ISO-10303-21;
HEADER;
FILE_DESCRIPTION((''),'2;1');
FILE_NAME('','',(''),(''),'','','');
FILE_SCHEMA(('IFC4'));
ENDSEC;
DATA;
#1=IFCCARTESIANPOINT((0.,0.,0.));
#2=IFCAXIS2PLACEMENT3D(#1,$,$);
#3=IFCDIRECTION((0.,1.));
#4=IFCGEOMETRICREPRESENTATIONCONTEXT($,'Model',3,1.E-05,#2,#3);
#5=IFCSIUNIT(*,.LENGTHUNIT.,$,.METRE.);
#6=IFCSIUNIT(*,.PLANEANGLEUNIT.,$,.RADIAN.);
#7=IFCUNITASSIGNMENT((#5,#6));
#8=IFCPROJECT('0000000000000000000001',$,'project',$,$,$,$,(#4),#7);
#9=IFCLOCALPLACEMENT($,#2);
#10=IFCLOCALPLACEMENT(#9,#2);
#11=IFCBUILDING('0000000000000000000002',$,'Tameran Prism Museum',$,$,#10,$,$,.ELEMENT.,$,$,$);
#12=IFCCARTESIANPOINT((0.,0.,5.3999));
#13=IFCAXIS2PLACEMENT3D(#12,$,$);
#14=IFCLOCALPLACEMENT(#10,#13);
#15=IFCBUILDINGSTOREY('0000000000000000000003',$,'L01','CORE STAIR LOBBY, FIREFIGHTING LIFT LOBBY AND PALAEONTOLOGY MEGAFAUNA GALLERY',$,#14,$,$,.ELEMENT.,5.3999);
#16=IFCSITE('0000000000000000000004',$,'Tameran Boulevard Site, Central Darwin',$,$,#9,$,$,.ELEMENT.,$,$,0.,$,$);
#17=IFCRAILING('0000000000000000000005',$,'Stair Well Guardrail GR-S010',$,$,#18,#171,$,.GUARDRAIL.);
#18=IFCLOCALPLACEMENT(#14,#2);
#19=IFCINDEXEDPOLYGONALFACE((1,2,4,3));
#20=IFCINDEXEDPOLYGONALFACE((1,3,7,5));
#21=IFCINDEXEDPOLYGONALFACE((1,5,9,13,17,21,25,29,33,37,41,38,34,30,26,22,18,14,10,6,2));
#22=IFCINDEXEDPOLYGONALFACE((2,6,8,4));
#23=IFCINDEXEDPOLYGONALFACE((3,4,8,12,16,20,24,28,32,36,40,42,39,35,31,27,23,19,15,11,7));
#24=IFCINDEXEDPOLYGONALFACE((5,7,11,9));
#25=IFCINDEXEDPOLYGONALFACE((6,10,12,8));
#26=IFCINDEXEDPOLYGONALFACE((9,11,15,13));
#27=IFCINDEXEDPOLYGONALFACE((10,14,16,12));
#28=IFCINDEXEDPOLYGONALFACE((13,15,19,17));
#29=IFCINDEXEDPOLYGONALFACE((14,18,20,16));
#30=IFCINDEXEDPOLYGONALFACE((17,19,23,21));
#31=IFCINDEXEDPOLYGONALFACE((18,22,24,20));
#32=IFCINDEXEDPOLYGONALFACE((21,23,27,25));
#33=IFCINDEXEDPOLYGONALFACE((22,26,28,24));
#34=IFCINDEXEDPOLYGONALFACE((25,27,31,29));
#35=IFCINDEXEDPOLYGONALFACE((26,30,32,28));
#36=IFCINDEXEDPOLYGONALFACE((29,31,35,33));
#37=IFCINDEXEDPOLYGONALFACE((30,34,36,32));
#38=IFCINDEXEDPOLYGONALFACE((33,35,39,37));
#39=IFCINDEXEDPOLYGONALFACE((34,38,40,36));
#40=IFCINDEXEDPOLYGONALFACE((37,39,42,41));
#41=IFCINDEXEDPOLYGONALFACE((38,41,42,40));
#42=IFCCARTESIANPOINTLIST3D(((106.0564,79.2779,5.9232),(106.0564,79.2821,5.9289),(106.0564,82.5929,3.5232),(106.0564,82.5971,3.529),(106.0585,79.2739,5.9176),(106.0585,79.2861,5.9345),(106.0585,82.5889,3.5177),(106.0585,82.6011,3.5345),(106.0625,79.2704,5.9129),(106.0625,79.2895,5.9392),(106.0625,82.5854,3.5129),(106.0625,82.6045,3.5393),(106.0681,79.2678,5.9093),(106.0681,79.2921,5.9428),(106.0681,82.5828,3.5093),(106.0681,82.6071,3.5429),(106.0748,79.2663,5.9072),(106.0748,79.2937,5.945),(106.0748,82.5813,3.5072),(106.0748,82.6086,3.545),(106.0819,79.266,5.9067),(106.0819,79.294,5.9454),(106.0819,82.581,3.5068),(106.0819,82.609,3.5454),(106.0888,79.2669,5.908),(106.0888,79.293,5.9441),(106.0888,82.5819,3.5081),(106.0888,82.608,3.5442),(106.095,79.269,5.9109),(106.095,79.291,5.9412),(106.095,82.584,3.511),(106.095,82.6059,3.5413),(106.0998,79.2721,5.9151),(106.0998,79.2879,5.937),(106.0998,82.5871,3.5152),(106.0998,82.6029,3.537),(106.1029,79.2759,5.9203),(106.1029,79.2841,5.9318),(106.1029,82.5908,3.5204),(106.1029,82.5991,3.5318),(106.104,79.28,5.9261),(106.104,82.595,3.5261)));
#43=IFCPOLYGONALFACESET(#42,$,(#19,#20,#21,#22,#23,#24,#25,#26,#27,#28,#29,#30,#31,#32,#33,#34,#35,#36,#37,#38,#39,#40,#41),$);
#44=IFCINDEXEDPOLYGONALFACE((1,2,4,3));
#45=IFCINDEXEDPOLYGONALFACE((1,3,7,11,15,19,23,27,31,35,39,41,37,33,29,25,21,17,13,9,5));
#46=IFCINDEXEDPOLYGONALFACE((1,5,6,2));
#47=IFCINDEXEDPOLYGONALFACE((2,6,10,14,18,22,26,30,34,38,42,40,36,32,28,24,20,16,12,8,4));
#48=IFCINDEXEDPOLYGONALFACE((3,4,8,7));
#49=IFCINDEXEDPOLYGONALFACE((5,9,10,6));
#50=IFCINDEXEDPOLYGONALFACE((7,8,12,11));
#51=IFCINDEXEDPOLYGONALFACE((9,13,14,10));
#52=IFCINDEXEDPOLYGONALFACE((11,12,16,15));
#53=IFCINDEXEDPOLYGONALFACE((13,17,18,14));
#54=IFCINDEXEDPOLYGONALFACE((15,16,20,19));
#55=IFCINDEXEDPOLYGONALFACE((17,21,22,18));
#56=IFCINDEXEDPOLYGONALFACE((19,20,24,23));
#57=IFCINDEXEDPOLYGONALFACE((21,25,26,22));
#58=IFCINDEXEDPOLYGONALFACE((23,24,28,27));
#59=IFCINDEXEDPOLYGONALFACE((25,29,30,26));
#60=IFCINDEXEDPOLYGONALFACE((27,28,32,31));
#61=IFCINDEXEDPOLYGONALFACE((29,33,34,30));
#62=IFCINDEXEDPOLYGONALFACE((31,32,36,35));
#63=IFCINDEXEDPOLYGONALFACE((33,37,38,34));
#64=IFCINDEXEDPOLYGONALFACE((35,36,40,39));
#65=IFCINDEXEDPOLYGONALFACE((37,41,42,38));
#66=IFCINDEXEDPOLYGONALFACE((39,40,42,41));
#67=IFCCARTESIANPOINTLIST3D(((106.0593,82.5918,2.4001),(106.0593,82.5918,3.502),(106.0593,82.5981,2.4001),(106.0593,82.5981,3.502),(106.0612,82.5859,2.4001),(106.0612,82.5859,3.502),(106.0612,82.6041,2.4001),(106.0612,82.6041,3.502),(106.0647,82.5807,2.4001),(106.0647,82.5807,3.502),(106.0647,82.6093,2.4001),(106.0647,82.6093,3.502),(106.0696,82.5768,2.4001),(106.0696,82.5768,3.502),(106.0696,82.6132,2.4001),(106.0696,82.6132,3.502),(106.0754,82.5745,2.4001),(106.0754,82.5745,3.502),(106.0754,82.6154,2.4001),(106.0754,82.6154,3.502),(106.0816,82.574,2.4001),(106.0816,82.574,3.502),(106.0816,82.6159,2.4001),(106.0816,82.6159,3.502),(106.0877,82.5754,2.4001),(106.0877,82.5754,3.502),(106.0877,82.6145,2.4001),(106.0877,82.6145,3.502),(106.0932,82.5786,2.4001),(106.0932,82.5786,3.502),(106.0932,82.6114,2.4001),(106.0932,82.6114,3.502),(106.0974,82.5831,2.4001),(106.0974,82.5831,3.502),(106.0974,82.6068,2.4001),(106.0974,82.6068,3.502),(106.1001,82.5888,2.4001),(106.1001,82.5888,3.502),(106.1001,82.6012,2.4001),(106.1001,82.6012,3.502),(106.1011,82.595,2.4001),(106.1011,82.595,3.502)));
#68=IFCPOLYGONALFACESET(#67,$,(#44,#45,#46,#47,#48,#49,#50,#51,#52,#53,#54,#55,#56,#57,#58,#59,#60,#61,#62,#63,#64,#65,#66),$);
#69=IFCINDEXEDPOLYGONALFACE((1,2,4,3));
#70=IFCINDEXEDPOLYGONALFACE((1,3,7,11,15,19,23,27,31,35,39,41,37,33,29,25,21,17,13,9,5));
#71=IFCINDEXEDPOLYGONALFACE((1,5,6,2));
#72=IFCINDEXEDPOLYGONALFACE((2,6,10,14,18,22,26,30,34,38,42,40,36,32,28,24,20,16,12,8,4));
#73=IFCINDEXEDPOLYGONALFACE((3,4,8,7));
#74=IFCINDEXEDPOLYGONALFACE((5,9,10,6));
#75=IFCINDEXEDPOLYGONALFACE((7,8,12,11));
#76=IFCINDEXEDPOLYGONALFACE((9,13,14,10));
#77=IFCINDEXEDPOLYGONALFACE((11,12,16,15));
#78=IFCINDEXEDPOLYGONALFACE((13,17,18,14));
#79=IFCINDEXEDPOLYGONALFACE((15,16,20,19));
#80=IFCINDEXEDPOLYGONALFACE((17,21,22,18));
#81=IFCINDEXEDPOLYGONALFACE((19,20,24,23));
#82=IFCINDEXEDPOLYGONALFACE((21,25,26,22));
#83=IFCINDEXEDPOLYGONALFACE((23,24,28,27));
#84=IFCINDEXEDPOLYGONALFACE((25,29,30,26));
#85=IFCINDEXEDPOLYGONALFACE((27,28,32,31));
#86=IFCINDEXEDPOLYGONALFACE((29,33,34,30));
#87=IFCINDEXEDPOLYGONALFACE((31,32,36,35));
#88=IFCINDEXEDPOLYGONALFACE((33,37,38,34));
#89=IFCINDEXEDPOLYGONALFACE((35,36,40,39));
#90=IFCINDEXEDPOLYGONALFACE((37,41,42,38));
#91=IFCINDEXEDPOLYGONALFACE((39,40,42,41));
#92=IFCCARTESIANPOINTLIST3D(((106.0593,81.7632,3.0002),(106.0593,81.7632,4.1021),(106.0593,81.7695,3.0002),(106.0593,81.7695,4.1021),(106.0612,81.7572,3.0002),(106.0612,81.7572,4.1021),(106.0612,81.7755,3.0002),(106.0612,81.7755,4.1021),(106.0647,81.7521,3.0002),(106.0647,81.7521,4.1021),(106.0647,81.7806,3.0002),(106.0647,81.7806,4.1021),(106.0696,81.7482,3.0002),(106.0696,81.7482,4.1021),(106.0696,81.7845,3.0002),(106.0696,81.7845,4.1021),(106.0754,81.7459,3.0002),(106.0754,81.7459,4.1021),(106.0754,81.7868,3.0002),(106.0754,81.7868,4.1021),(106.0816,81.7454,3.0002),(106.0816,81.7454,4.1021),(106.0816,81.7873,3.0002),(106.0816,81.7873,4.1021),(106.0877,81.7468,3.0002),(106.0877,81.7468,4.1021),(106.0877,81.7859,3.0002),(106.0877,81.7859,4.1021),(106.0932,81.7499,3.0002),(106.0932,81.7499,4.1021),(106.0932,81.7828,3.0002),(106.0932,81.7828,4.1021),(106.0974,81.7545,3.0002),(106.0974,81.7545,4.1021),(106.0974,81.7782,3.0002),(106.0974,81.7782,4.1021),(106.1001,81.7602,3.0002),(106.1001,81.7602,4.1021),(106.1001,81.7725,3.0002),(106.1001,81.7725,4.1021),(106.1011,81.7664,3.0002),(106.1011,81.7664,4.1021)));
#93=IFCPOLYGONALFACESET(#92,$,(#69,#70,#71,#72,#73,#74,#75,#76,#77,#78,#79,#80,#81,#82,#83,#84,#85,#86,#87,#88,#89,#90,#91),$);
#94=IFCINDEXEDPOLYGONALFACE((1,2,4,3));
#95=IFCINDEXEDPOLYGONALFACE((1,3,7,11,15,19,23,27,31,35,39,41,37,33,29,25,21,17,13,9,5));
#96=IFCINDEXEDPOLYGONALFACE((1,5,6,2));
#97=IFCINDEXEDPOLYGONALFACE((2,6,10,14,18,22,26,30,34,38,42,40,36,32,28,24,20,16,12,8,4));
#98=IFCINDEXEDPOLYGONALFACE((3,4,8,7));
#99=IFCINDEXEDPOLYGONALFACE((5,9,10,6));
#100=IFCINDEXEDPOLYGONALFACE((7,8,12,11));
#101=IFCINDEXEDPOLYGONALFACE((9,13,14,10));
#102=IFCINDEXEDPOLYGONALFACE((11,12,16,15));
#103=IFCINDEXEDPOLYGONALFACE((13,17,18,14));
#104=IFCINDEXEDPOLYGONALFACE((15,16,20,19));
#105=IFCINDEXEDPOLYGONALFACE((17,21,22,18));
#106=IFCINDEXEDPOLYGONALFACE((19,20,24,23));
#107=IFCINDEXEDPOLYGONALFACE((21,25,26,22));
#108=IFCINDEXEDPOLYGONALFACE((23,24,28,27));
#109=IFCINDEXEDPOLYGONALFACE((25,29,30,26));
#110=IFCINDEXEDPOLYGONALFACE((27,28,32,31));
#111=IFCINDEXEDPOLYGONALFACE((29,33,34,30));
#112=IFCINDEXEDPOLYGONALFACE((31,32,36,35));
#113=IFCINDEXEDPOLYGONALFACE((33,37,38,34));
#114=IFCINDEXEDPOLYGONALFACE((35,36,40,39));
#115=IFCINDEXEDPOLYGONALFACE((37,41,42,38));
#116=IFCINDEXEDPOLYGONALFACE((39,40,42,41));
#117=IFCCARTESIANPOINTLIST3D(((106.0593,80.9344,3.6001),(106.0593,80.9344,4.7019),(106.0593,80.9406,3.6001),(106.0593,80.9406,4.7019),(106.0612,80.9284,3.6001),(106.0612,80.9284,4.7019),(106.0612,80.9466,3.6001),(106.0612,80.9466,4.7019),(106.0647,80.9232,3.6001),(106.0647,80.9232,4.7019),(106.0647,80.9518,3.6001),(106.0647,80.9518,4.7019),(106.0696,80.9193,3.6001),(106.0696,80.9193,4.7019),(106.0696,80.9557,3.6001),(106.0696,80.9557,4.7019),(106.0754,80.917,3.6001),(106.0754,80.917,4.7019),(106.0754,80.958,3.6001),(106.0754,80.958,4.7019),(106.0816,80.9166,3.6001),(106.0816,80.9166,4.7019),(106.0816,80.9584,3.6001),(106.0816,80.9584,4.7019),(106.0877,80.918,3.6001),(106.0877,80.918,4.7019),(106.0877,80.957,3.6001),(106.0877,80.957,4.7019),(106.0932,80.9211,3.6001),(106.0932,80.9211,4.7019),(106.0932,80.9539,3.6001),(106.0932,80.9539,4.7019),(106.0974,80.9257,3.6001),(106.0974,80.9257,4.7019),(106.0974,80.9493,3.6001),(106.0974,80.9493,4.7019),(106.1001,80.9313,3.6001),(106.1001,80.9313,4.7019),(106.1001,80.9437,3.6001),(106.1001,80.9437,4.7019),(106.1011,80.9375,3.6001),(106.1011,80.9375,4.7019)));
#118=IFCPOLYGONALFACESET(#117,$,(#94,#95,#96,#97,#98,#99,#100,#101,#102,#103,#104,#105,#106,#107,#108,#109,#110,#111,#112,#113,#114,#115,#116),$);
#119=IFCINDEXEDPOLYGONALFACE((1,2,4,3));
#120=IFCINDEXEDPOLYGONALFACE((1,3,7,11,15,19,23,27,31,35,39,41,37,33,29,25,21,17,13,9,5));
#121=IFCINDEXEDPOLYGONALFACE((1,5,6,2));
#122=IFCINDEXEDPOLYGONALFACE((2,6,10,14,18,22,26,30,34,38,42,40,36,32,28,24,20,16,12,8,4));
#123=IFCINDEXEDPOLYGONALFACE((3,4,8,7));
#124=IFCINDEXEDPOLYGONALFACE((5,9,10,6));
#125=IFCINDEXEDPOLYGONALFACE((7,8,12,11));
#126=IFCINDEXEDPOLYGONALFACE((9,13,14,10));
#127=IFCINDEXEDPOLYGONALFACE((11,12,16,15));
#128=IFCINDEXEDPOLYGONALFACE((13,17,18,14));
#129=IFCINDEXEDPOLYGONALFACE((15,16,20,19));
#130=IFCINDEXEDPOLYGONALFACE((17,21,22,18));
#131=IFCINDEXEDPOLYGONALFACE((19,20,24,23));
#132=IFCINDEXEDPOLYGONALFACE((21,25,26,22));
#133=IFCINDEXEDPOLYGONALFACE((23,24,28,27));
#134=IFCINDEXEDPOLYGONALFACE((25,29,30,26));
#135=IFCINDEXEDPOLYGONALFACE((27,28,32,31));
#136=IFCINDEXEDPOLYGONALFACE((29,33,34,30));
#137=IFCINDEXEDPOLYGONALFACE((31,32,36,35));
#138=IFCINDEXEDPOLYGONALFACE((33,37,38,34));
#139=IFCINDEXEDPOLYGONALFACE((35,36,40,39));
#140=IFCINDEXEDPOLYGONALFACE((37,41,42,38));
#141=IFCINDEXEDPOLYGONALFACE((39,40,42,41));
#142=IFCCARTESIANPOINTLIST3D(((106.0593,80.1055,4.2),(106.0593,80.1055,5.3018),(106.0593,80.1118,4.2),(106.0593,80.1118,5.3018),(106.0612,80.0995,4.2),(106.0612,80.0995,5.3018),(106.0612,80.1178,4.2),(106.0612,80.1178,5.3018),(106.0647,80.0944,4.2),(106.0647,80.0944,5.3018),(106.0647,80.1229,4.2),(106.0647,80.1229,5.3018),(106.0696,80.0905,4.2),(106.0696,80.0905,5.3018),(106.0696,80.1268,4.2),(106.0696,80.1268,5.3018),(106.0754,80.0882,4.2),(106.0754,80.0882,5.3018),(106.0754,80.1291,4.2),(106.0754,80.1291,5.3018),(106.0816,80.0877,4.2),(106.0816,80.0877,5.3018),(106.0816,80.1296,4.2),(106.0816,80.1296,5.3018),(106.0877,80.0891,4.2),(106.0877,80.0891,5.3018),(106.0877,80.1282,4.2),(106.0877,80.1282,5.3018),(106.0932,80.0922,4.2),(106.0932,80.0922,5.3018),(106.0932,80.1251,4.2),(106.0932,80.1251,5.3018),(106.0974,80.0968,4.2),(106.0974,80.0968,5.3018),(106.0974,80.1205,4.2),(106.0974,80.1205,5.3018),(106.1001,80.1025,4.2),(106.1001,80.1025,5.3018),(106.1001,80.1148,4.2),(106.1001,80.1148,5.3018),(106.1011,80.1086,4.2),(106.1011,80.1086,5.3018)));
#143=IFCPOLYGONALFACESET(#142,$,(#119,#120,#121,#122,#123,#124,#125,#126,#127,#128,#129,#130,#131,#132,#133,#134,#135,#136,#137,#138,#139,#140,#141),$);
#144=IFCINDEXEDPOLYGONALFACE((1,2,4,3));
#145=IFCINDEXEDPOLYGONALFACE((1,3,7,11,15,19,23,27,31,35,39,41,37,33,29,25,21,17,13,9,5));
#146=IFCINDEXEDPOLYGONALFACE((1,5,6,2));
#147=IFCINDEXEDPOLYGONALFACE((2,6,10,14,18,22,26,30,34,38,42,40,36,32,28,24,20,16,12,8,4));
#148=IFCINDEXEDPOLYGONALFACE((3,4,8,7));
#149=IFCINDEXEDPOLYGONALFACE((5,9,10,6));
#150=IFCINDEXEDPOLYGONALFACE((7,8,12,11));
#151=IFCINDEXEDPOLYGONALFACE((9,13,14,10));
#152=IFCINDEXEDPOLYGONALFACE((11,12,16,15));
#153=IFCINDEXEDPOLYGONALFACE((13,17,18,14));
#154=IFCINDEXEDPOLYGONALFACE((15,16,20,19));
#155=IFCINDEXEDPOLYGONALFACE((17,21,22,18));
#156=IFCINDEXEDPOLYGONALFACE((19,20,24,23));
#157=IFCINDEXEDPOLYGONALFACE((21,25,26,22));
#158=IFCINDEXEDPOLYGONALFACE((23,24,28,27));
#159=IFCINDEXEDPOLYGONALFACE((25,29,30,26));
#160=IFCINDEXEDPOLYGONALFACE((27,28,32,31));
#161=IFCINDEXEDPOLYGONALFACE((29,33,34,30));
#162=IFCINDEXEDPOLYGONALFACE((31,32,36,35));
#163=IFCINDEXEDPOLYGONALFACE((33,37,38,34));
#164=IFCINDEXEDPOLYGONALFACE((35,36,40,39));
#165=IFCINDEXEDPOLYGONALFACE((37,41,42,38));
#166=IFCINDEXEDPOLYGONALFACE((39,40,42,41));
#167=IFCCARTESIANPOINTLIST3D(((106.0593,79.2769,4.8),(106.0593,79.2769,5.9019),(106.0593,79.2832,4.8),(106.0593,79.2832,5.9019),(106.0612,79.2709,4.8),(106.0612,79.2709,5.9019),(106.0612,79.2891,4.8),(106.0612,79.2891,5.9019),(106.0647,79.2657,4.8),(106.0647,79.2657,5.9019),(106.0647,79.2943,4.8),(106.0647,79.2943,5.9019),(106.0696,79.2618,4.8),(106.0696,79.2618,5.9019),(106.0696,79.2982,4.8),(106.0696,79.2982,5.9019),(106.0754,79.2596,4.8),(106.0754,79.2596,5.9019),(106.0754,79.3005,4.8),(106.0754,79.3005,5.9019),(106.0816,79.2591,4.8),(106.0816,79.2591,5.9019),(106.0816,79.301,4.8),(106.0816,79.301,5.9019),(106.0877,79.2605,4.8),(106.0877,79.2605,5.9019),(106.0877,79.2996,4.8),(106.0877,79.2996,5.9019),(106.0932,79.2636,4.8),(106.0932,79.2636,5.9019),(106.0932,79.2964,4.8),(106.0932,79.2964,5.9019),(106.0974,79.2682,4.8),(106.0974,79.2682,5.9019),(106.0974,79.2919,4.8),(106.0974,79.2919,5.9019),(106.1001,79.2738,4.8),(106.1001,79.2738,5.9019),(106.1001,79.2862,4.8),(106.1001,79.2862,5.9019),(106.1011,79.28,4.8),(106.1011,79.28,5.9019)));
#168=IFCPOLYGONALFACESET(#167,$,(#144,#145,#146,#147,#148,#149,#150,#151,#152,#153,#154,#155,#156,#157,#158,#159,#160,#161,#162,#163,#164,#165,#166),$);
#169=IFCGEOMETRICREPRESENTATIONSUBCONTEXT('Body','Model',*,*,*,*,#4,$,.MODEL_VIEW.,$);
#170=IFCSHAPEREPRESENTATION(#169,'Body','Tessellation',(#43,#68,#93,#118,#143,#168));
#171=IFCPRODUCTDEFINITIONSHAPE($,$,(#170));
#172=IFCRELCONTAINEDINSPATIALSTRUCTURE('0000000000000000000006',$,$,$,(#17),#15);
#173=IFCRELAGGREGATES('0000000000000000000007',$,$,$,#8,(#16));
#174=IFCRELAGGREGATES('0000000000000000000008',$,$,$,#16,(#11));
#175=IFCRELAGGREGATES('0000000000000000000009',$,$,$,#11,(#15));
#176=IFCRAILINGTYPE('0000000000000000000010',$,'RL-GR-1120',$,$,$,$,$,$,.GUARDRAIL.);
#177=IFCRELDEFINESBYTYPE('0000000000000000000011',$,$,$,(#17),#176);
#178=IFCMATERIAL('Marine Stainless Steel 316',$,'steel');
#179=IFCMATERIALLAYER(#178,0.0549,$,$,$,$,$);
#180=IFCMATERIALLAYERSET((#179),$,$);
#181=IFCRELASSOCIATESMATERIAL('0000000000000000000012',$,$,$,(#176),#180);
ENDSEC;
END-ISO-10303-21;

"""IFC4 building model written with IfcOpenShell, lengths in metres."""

from ifc_helpers import new_model, si_unit, direction, frame, origin, origin_2d, place, context, subcontext, project, spatial, circle, extrude, material, layer, layer_set, type_object, element, save


model = new_model("IFC4")

# Units and contexts
model_context = context("Model", 3, precision=1e-05, world=origin(), true_north=direction((0.0, 1.0)))
body_context = subcontext(model_context, "Body", "Model", "MODEL_VIEW")
ifc_project = project(units=[si_unit("LENGTHUNIT", "METRE"), si_unit("PLANEANGLEUNIT", "RADIAN")], contexts=[model_context])

# Site, building, storey
site_placement = place(None, origin())
site = spatial("IfcSite", under=ifc_project, at=site_placement, Name="Tameran Boulevard Site, Central Darwin", CompositionType="ELEMENT", RefElevation=0.0)
building_placement = place(site_placement, origin())
building = spatial("IfcBuilding", under=site, at=building_placement, Name="Tameran Prism Museum", CompositionType="ELEMENT")
storey_placement = place(building_placement, frame((0.0, 0.0, 5.3999)))
storey = spatial("IfcBuildingStorey", under=building, at=storey_placement, Name="L01", Description="CORE STAIR LOBBY, FIREFIGHTING LIFT LOBBY AND PALAEONTOLOGY MEGAFAUNA GALLERY", CompositionType="ELEMENT", Elevation=5.3999)

# Railing
ifc_material_1 = material(Name="Marine Stainless Steel 316", Category="steel")
ifc_layer_1 = layer(ifc_material_1, 0.0549)
ifc_layer_set_1 = layer_set([ifc_layer_1])
railing_type_1 = type_object("IfcRailingType", Name="RL-GR-1120", PredefinedType="GUARDRAIL", material=ifc_layer_set_1)
railing_1_placement = place(storey_placement, frame((106.0801, 82.595, 2.4001)))
element("IfcRailing", 1, at=railing_1_placement, inside=storey, type_object=railing_type_1, Name="Stair Well Guardrail GR-S010", PredefinedType="GUARDRAIL", context=body_context, shape_type="SweptSolid", body=[
    extrude(circle(Radius=0.0239, at=origin_2d()), frame((0.0, 0.0, 1.126), z_axis=(0.0, -0.810009, 0.586418), x_axis=(1.0, 0.0, 0.0)), (0.0, 0.0, 1.0), 4.0925),
    extrude(circle(Radius=0.021, at=origin_2d()), origin(), (0.0, 0.0, 1.0), 1.1018),
    extrude(circle(Radius=0.021, at=origin_2d()), frame((0.0, -0.8286, 0.6001)), (0.0, 0.0, 1.0), 1.1018),
    extrude(circle(Radius=0.021, at=origin_2d()), frame((0.0, -1.6575, 1.2)), (0.0, 0.0, 1.0), 1.1018),
    extrude(circle(Radius=0.021, at=origin_2d()), frame((0.0, -2.4863, 1.7998)), (0.0, 0.0, 1.0), 1.1018),
    extrude(circle(Radius=0.021, at=origin_2d()), frame((0.0, -3.3149, 2.3999)), (0.0, 0.0, 1.0), 1.1018),
])

save(model, "model.ifc")
